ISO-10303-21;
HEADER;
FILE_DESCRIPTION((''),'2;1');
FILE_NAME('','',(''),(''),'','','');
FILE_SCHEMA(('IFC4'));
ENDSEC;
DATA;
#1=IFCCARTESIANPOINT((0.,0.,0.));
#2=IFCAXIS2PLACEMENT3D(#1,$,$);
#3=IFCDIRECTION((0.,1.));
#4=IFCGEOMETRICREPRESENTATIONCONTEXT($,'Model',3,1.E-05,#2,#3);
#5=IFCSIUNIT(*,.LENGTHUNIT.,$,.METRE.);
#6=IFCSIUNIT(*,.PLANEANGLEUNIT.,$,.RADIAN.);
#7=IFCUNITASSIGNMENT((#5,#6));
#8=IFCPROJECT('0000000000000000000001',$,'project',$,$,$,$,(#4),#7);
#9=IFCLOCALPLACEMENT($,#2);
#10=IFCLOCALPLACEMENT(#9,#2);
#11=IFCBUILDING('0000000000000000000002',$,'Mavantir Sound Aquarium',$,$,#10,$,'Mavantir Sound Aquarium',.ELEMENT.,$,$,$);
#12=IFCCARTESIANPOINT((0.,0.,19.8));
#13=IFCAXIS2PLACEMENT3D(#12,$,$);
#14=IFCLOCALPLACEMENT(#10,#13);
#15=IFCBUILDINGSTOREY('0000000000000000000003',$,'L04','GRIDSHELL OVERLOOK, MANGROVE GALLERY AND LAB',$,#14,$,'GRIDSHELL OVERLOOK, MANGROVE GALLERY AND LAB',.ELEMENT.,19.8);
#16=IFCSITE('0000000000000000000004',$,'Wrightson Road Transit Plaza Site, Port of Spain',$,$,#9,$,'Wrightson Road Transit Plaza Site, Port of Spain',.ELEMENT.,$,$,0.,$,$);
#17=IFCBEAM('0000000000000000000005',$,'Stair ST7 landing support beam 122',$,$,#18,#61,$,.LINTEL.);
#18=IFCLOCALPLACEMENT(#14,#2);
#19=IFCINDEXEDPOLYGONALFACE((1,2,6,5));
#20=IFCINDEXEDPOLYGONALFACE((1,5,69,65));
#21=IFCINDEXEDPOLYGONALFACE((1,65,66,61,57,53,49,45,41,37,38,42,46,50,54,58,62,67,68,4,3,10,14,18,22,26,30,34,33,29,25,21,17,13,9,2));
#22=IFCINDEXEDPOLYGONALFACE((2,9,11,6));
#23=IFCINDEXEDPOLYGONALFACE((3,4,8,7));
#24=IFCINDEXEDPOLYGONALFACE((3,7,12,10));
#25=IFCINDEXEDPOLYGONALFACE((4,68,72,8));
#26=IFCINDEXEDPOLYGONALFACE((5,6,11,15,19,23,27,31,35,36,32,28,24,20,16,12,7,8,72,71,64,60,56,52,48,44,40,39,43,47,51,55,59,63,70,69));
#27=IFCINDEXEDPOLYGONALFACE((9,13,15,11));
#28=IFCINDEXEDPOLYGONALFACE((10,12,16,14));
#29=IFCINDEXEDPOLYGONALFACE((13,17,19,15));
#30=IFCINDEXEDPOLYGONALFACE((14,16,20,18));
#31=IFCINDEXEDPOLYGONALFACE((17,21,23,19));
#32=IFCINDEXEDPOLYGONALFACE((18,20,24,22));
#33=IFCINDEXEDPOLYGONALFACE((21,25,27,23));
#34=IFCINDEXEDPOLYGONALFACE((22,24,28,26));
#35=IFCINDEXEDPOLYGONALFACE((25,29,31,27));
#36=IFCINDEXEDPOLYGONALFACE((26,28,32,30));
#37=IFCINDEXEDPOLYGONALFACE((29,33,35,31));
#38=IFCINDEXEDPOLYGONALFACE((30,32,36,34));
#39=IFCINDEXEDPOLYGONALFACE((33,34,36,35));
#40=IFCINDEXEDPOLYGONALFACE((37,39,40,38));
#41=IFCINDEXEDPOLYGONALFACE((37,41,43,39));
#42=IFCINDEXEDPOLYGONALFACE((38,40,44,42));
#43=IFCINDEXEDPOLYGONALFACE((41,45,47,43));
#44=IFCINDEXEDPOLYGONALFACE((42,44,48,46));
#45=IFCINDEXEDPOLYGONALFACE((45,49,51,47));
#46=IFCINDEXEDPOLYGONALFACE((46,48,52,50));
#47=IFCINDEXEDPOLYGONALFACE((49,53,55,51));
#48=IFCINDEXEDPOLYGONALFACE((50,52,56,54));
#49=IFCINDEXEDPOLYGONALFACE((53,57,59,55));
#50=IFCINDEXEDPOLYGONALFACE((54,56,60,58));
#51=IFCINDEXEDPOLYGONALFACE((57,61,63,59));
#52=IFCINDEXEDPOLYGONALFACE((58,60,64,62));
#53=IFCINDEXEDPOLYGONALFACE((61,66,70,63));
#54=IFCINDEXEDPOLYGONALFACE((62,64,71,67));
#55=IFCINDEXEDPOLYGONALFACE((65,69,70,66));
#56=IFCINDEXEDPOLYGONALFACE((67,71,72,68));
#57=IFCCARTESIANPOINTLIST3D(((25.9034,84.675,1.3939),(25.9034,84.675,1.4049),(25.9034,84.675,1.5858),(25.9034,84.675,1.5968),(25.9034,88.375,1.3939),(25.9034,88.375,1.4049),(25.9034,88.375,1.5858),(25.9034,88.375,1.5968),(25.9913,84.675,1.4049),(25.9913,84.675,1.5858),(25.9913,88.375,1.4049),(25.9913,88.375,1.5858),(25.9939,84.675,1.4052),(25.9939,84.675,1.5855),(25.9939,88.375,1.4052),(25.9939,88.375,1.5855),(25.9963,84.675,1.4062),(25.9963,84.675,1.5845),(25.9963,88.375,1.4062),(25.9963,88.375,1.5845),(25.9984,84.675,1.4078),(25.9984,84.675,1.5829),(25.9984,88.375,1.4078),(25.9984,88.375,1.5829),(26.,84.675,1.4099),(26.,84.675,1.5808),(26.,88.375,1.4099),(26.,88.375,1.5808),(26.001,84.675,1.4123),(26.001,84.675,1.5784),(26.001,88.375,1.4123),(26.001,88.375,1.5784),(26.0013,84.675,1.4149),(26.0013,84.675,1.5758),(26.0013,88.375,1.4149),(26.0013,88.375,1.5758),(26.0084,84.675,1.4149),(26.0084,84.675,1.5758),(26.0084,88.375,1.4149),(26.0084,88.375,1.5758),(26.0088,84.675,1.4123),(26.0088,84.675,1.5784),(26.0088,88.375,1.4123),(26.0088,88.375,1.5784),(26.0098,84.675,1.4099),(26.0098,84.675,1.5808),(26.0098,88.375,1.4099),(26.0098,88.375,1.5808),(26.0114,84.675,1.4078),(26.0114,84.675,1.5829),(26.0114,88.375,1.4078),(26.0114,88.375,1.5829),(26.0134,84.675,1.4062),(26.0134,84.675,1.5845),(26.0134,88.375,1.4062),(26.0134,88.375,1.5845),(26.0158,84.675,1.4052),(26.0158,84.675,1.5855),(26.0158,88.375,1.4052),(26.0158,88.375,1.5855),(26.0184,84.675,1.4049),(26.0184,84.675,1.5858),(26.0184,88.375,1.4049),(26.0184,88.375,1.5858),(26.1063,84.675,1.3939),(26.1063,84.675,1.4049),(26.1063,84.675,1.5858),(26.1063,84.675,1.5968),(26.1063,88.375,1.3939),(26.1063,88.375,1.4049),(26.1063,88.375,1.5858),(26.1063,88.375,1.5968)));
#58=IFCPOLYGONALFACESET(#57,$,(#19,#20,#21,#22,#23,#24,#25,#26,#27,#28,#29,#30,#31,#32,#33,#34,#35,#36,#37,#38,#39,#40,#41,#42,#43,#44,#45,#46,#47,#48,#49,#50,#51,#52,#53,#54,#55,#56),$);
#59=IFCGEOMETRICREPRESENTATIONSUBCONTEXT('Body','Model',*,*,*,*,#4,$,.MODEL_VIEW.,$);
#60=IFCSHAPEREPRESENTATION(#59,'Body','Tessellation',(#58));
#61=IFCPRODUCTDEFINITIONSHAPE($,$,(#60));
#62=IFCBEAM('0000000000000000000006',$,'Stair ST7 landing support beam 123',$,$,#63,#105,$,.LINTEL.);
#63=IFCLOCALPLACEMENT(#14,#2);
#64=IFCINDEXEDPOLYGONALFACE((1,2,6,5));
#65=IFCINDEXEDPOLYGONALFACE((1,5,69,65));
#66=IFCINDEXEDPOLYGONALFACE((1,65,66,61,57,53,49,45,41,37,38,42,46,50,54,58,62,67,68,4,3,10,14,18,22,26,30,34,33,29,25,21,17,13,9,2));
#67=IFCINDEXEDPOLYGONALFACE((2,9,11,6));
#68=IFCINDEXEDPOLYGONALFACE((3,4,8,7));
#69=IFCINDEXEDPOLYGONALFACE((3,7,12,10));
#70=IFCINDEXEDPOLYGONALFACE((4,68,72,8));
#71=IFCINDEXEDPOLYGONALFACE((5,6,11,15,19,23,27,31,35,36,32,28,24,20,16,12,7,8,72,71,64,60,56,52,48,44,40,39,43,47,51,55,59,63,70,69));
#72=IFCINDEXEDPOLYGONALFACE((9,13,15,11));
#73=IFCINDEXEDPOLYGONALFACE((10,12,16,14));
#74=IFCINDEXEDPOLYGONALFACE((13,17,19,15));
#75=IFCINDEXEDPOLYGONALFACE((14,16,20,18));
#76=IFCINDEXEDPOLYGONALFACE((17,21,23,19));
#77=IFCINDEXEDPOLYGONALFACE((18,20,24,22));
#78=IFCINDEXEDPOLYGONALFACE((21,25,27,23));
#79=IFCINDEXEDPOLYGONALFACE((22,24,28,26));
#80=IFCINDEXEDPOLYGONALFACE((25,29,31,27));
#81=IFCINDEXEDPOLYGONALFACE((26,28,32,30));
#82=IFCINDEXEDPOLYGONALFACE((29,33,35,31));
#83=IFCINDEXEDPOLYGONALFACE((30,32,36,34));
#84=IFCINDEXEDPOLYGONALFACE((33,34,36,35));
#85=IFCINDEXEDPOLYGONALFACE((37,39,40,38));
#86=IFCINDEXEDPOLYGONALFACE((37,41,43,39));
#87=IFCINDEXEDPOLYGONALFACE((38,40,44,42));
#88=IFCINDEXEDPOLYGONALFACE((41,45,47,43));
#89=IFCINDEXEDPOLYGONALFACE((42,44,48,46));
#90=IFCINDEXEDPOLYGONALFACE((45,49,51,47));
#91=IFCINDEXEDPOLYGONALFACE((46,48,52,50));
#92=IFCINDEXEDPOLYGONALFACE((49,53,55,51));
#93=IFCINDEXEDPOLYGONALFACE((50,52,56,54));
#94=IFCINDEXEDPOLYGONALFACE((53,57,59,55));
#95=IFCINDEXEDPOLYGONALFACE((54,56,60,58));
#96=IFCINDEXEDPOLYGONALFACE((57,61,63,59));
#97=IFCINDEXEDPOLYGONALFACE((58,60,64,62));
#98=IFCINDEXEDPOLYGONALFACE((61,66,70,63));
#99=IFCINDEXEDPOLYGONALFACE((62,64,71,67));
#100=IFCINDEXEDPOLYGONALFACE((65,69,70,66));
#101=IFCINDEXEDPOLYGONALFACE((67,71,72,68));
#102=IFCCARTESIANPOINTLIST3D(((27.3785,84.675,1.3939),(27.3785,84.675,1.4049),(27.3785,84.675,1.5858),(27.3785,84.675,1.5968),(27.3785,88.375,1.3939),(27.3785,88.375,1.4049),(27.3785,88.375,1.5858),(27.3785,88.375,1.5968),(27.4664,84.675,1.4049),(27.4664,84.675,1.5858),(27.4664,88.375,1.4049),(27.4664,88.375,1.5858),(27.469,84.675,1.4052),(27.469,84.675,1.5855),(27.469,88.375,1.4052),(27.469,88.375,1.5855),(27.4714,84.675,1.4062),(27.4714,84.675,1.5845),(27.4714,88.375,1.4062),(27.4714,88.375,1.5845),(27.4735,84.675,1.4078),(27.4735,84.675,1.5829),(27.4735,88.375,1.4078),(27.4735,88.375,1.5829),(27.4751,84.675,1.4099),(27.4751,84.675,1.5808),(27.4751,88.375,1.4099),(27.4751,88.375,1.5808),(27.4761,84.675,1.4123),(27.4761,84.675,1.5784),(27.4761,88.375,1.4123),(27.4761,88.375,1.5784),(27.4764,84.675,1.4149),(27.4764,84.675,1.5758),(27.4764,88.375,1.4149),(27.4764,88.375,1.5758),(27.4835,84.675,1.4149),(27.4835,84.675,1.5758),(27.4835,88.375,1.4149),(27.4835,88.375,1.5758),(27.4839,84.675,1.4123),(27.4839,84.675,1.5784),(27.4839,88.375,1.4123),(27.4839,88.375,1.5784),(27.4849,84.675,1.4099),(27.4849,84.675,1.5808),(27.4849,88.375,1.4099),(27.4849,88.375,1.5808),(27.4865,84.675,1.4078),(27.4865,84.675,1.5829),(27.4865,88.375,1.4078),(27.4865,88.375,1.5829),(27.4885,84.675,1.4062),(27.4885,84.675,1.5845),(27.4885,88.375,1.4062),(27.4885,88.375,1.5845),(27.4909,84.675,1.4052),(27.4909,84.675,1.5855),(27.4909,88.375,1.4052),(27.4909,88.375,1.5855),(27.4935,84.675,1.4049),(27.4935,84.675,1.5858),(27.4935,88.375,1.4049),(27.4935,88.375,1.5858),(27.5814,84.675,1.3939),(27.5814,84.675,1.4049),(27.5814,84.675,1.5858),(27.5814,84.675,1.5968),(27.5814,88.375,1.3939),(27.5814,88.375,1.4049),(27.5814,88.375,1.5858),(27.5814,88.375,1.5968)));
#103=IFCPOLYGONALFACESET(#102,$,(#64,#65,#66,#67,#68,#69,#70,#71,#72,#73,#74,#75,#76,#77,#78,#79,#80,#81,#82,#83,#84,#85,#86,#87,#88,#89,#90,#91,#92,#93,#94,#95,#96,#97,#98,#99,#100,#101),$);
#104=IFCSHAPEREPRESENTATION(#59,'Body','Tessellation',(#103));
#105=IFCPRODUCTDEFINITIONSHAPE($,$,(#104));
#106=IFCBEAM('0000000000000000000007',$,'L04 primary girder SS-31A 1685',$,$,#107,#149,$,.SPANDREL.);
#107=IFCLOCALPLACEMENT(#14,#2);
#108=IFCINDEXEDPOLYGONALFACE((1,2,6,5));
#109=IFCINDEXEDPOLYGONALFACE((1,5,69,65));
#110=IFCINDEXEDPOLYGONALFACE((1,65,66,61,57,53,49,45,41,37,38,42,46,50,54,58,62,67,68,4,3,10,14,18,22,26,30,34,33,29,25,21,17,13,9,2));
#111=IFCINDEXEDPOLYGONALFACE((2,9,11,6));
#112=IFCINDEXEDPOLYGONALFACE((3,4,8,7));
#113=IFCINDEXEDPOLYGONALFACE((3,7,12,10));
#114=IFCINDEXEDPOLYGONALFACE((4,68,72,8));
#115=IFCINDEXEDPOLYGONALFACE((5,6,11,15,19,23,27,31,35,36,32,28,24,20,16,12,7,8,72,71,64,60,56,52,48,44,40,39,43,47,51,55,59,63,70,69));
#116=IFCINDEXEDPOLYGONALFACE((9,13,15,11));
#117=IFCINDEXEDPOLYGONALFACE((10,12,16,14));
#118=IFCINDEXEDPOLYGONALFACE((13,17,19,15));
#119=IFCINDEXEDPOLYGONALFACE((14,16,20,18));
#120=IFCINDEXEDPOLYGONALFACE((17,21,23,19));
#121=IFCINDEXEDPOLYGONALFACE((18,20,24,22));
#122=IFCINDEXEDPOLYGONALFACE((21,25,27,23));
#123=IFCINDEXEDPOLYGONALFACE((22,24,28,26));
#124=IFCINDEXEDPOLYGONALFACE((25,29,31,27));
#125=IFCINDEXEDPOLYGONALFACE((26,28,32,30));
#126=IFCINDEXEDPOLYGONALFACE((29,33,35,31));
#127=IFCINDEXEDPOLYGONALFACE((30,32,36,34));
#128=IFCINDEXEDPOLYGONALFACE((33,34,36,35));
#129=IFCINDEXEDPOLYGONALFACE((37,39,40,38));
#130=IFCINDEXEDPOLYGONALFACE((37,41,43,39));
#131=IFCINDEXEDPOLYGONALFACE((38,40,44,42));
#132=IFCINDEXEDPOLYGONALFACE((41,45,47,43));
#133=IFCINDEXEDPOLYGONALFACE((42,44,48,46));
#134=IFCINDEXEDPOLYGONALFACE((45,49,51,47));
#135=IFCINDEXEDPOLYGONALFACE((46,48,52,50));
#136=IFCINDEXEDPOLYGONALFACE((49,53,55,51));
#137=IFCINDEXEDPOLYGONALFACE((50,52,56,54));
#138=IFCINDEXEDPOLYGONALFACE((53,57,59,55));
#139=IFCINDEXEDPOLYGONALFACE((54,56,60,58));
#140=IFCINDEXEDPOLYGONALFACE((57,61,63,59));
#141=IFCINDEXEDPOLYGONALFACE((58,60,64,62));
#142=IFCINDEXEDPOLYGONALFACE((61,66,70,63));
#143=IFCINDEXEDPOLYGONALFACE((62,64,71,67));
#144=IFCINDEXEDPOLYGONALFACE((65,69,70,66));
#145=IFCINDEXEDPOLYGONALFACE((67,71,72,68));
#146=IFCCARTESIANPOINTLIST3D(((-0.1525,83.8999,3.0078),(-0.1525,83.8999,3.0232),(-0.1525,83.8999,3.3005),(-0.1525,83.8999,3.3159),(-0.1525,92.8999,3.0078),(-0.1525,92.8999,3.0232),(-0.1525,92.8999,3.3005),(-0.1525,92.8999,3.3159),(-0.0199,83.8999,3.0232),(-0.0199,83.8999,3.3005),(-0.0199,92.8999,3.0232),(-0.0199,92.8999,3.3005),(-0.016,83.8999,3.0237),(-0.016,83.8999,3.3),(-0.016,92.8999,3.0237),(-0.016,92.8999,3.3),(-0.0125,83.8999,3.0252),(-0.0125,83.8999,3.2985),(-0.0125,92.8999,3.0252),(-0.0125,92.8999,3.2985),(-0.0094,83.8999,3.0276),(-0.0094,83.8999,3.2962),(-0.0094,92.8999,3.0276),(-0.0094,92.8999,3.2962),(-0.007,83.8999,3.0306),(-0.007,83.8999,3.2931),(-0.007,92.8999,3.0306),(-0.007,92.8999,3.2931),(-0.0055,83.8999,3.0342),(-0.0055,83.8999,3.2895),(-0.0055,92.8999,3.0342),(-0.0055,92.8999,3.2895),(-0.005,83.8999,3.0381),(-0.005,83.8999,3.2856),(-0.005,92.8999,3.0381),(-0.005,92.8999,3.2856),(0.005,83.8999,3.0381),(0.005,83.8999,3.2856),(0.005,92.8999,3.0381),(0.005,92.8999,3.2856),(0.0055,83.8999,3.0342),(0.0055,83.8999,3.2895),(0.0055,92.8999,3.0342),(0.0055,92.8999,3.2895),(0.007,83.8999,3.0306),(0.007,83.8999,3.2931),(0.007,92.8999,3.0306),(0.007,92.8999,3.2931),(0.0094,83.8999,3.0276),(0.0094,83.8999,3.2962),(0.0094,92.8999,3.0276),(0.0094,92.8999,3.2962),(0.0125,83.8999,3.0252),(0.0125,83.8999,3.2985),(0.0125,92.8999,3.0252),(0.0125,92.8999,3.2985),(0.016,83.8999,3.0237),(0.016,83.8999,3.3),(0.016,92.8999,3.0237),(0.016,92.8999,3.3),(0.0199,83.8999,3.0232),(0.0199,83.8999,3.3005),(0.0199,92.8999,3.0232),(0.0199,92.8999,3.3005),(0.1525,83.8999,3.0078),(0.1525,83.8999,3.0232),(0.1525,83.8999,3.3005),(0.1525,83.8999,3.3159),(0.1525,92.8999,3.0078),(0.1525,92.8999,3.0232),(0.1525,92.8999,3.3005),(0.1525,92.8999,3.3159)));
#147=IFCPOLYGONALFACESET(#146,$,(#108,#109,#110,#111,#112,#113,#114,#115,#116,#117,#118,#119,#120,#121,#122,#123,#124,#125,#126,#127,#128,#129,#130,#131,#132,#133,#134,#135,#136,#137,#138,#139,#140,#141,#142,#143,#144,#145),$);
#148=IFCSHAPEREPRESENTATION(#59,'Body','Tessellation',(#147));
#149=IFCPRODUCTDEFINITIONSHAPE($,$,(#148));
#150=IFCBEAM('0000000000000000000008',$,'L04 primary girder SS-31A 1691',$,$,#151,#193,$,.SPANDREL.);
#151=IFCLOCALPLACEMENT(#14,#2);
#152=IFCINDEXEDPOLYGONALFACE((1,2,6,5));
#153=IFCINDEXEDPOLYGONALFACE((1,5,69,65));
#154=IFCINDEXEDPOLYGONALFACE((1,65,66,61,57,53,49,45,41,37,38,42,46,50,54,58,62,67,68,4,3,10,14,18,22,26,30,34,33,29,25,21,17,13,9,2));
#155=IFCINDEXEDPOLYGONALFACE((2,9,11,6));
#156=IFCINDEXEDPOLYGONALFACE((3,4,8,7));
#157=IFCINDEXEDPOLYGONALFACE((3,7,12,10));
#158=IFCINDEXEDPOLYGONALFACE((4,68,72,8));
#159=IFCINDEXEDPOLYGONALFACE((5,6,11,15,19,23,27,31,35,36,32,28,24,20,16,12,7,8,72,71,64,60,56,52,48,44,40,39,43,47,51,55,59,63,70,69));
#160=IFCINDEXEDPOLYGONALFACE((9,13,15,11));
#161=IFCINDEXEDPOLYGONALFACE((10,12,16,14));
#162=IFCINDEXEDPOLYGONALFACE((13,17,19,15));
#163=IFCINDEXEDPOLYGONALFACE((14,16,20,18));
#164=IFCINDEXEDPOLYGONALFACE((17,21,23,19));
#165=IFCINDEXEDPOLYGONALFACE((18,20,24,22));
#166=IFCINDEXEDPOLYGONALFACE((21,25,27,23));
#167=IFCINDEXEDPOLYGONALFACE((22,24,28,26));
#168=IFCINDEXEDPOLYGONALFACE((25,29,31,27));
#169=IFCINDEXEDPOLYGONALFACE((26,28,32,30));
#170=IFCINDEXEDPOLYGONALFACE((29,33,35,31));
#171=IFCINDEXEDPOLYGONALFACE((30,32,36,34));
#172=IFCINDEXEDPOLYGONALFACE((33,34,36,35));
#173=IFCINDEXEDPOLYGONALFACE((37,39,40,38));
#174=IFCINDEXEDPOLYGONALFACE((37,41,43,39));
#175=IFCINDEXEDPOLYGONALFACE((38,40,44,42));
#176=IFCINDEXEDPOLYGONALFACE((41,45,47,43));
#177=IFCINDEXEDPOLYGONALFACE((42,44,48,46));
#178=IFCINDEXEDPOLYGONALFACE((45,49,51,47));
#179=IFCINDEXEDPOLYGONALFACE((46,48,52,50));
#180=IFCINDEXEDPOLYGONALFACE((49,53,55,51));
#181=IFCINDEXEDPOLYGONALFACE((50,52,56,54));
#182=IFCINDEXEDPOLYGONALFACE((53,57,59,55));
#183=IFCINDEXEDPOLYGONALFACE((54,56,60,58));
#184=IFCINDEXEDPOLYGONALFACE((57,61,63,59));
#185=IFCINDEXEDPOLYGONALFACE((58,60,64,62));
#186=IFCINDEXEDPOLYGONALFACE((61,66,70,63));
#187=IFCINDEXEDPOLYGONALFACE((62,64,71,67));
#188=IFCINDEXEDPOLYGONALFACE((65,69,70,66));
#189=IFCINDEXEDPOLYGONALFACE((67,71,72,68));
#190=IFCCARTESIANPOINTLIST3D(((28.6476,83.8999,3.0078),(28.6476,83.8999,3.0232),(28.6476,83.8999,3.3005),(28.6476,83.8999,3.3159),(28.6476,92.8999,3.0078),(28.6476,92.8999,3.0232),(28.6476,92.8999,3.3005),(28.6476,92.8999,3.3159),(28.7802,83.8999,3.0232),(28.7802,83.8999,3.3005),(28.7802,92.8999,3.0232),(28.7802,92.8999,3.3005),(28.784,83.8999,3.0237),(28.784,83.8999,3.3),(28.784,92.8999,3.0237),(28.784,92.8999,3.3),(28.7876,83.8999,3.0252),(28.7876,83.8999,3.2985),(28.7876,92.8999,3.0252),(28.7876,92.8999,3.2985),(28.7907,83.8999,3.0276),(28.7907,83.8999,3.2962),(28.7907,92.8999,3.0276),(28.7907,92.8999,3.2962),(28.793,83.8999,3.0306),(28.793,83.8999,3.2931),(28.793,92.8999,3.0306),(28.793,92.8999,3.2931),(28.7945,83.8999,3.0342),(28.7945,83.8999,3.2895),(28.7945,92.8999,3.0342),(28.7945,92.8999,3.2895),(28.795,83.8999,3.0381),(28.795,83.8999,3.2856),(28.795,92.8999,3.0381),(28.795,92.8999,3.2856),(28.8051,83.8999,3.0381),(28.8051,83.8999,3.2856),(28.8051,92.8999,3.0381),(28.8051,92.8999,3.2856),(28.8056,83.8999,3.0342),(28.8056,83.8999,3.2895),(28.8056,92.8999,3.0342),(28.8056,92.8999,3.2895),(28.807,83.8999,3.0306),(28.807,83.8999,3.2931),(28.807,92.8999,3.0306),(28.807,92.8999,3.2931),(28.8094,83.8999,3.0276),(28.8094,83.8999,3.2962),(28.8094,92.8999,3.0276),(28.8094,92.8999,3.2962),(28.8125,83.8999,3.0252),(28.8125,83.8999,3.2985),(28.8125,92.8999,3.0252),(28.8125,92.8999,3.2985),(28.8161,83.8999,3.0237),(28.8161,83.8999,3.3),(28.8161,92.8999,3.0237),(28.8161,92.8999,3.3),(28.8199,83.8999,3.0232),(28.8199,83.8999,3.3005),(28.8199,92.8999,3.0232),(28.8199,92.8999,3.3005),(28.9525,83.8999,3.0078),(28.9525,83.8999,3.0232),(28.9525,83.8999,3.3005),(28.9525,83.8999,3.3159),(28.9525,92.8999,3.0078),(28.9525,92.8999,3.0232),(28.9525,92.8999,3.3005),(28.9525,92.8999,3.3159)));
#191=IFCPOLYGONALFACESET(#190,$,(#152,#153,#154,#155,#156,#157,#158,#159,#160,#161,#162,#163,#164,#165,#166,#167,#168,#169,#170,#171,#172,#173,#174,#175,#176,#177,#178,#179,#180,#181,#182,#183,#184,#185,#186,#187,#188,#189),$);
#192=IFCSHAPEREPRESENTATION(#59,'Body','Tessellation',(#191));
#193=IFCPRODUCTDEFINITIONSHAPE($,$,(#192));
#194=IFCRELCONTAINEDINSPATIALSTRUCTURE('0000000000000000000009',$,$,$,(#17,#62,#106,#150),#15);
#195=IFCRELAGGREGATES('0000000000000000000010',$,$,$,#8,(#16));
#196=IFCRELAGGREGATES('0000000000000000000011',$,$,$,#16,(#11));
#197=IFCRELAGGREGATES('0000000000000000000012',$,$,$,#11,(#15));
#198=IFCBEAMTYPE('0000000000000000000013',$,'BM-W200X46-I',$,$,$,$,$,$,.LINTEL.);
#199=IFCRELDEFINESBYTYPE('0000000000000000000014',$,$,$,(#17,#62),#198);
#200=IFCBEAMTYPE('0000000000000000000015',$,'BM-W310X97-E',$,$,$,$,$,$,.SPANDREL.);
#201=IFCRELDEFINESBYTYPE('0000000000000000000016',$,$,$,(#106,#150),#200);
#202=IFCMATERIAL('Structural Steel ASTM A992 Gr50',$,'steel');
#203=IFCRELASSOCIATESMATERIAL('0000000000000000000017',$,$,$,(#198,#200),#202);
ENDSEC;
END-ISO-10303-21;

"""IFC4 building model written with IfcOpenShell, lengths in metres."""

from ifc_helpers import new_model, si_unit, direction, frame, origin, origin_2d, place, context, subcontext, project, spatial, i_section, extrude, material, material_profile, profile_set, type_object, element, save


model = new_model("IFC4")

# Units and contexts
model_context = context("Model", 3, precision=1e-05, world=origin(), true_north=direction((0.0, 1.0)))
body_context = subcontext(model_context, "Body", "Model", "MODEL_VIEW")
ifc_project = project(units=[si_unit("LENGTHUNIT", "METRE"), si_unit("PLANEANGLEUNIT", "RADIAN")], contexts=[model_context])

# Site, building, storey
site_placement = place(None, origin())
site = spatial("IfcSite", under=ifc_project, at=site_placement, Name="Wrightson Road Transit Plaza Site, Port of Spain", LongName="Wrightson Road Transit Plaza Site, Port of Spain", CompositionType="ELEMENT", RefElevation=0.0)
building_placement = place(site_placement, origin())
building = spatial("IfcBuilding", under=site, at=building_placement, Name="Mavantir Sound Aquarium", LongName="Mavantir Sound Aquarium", CompositionType="ELEMENT")
storey_placement = place(building_placement, frame((0.0, 0.0, 19.8)))
storey = spatial("IfcBuildingStorey", under=building, at=storey_placement, Name="L04", Description="GRIDSHELL OVERLOOK, MANGROVE GALLERY AND LAB", LongName="GRIDSHELL OVERLOOK, MANGROVE GALLERY AND LAB", CompositionType="ELEMENT", Elevation=19.8)

# Beams
ifc_material_1 = material(Name="Structural Steel ASTM A992 Gr50", Category="steel")
ifc_material_profile_1 = material_profile(ifc_material_1, i_section(OverallWidth=0.2029, OverallDepth=0.2029, WebThickness=0.0071, FlangeThickness=0.011, FilletRadius=0.01, at=origin_2d()), Name="W200X46")
ifc_profile_set_1 = profile_set([ifc_material_profile_1], Name="Structural Steel ASTM A992 Gr50")
beam_type_1 = type_object("IfcBeamType", Name="BM-W200X46-I", PredefinedType="LINTEL", material=ifc_profile_set_1)
for number, where, z_axis, x_axis, name in (
    (1, (26.0049, 84.675, 1.4954), (0.0, 1.0, 0.0), (-1.0, 0.0, 0.0), "Stair ST7 landing support beam 122"),
    (2, (27.48, 84.675, 1.4954), (0.0, 1.0, 0.0), (-1.0, 0.0, 0.0), "Stair ST7 landing support beam 123"),
):
    element("IfcBeam", number, at=place(storey_placement, frame(where, z_axis=z_axis, x_axis=x_axis)), inside=storey, type_object=beam_type_1, Name=name, PredefinedType="LINTEL", context=body_context, shape_type="SweptSolid", body=[
        extrude(i_section(OverallWidth=0.2029, OverallDepth=0.2029, WebThickness=0.0071, FlangeThickness=0.011, FilletRadius=0.01, at=origin_2d()), origin(), (0.0, 0.0, 1.0), 3.7),
    ])
ifc_material_profile_2 = material_profile(ifc_material_1, i_section(OverallWidth=0.3049, OverallDepth=0.3081, WebThickness=0.01, FlangeThickness=0.0154, FilletRadius=0.0149, at=origin_2d()), Name="W310X97")
ifc_profile_set_2 = profile_set([ifc_material_profile_2], Name="Structural Steel ASTM A992 Gr50")
beam_type_2 = type_object("IfcBeamType", Name="BM-W310X97-E", PredefinedType="SPANDREL", material=ifc_profile_set_2)
for number, where, z_axis, x_axis, name in (
    (3, (0.0, 83.8999, 3.1619), (0.0, 1.0, 0.0), (-1.0, 0.0, 0.0), "L04 primary girder SS-31A 1685"),
    (4, (28.8, 83.8999, 3.1619), (0.0, 1.0, 0.0), (-1.0, 0.0, 0.0), "L04 primary girder SS-31A 1691"),
):
    element("IfcBeam", number, at=place(storey_placement, frame(where, z_axis=z_axis, x_axis=x_axis)), inside=storey, type_object=beam_type_2, Name=name, PredefinedType="SPANDREL", context=body_context, shape_type="SweptSolid", body=[
        extrude(i_section(OverallWidth=0.3049, OverallDepth=0.3081, WebThickness=0.01, FlangeThickness=0.0154, FilletRadius=0.0149, at=origin_2d()), origin(), (0.0, 0.0, 1.0), 9.0),
    ])

save(model, "model.ifc")
